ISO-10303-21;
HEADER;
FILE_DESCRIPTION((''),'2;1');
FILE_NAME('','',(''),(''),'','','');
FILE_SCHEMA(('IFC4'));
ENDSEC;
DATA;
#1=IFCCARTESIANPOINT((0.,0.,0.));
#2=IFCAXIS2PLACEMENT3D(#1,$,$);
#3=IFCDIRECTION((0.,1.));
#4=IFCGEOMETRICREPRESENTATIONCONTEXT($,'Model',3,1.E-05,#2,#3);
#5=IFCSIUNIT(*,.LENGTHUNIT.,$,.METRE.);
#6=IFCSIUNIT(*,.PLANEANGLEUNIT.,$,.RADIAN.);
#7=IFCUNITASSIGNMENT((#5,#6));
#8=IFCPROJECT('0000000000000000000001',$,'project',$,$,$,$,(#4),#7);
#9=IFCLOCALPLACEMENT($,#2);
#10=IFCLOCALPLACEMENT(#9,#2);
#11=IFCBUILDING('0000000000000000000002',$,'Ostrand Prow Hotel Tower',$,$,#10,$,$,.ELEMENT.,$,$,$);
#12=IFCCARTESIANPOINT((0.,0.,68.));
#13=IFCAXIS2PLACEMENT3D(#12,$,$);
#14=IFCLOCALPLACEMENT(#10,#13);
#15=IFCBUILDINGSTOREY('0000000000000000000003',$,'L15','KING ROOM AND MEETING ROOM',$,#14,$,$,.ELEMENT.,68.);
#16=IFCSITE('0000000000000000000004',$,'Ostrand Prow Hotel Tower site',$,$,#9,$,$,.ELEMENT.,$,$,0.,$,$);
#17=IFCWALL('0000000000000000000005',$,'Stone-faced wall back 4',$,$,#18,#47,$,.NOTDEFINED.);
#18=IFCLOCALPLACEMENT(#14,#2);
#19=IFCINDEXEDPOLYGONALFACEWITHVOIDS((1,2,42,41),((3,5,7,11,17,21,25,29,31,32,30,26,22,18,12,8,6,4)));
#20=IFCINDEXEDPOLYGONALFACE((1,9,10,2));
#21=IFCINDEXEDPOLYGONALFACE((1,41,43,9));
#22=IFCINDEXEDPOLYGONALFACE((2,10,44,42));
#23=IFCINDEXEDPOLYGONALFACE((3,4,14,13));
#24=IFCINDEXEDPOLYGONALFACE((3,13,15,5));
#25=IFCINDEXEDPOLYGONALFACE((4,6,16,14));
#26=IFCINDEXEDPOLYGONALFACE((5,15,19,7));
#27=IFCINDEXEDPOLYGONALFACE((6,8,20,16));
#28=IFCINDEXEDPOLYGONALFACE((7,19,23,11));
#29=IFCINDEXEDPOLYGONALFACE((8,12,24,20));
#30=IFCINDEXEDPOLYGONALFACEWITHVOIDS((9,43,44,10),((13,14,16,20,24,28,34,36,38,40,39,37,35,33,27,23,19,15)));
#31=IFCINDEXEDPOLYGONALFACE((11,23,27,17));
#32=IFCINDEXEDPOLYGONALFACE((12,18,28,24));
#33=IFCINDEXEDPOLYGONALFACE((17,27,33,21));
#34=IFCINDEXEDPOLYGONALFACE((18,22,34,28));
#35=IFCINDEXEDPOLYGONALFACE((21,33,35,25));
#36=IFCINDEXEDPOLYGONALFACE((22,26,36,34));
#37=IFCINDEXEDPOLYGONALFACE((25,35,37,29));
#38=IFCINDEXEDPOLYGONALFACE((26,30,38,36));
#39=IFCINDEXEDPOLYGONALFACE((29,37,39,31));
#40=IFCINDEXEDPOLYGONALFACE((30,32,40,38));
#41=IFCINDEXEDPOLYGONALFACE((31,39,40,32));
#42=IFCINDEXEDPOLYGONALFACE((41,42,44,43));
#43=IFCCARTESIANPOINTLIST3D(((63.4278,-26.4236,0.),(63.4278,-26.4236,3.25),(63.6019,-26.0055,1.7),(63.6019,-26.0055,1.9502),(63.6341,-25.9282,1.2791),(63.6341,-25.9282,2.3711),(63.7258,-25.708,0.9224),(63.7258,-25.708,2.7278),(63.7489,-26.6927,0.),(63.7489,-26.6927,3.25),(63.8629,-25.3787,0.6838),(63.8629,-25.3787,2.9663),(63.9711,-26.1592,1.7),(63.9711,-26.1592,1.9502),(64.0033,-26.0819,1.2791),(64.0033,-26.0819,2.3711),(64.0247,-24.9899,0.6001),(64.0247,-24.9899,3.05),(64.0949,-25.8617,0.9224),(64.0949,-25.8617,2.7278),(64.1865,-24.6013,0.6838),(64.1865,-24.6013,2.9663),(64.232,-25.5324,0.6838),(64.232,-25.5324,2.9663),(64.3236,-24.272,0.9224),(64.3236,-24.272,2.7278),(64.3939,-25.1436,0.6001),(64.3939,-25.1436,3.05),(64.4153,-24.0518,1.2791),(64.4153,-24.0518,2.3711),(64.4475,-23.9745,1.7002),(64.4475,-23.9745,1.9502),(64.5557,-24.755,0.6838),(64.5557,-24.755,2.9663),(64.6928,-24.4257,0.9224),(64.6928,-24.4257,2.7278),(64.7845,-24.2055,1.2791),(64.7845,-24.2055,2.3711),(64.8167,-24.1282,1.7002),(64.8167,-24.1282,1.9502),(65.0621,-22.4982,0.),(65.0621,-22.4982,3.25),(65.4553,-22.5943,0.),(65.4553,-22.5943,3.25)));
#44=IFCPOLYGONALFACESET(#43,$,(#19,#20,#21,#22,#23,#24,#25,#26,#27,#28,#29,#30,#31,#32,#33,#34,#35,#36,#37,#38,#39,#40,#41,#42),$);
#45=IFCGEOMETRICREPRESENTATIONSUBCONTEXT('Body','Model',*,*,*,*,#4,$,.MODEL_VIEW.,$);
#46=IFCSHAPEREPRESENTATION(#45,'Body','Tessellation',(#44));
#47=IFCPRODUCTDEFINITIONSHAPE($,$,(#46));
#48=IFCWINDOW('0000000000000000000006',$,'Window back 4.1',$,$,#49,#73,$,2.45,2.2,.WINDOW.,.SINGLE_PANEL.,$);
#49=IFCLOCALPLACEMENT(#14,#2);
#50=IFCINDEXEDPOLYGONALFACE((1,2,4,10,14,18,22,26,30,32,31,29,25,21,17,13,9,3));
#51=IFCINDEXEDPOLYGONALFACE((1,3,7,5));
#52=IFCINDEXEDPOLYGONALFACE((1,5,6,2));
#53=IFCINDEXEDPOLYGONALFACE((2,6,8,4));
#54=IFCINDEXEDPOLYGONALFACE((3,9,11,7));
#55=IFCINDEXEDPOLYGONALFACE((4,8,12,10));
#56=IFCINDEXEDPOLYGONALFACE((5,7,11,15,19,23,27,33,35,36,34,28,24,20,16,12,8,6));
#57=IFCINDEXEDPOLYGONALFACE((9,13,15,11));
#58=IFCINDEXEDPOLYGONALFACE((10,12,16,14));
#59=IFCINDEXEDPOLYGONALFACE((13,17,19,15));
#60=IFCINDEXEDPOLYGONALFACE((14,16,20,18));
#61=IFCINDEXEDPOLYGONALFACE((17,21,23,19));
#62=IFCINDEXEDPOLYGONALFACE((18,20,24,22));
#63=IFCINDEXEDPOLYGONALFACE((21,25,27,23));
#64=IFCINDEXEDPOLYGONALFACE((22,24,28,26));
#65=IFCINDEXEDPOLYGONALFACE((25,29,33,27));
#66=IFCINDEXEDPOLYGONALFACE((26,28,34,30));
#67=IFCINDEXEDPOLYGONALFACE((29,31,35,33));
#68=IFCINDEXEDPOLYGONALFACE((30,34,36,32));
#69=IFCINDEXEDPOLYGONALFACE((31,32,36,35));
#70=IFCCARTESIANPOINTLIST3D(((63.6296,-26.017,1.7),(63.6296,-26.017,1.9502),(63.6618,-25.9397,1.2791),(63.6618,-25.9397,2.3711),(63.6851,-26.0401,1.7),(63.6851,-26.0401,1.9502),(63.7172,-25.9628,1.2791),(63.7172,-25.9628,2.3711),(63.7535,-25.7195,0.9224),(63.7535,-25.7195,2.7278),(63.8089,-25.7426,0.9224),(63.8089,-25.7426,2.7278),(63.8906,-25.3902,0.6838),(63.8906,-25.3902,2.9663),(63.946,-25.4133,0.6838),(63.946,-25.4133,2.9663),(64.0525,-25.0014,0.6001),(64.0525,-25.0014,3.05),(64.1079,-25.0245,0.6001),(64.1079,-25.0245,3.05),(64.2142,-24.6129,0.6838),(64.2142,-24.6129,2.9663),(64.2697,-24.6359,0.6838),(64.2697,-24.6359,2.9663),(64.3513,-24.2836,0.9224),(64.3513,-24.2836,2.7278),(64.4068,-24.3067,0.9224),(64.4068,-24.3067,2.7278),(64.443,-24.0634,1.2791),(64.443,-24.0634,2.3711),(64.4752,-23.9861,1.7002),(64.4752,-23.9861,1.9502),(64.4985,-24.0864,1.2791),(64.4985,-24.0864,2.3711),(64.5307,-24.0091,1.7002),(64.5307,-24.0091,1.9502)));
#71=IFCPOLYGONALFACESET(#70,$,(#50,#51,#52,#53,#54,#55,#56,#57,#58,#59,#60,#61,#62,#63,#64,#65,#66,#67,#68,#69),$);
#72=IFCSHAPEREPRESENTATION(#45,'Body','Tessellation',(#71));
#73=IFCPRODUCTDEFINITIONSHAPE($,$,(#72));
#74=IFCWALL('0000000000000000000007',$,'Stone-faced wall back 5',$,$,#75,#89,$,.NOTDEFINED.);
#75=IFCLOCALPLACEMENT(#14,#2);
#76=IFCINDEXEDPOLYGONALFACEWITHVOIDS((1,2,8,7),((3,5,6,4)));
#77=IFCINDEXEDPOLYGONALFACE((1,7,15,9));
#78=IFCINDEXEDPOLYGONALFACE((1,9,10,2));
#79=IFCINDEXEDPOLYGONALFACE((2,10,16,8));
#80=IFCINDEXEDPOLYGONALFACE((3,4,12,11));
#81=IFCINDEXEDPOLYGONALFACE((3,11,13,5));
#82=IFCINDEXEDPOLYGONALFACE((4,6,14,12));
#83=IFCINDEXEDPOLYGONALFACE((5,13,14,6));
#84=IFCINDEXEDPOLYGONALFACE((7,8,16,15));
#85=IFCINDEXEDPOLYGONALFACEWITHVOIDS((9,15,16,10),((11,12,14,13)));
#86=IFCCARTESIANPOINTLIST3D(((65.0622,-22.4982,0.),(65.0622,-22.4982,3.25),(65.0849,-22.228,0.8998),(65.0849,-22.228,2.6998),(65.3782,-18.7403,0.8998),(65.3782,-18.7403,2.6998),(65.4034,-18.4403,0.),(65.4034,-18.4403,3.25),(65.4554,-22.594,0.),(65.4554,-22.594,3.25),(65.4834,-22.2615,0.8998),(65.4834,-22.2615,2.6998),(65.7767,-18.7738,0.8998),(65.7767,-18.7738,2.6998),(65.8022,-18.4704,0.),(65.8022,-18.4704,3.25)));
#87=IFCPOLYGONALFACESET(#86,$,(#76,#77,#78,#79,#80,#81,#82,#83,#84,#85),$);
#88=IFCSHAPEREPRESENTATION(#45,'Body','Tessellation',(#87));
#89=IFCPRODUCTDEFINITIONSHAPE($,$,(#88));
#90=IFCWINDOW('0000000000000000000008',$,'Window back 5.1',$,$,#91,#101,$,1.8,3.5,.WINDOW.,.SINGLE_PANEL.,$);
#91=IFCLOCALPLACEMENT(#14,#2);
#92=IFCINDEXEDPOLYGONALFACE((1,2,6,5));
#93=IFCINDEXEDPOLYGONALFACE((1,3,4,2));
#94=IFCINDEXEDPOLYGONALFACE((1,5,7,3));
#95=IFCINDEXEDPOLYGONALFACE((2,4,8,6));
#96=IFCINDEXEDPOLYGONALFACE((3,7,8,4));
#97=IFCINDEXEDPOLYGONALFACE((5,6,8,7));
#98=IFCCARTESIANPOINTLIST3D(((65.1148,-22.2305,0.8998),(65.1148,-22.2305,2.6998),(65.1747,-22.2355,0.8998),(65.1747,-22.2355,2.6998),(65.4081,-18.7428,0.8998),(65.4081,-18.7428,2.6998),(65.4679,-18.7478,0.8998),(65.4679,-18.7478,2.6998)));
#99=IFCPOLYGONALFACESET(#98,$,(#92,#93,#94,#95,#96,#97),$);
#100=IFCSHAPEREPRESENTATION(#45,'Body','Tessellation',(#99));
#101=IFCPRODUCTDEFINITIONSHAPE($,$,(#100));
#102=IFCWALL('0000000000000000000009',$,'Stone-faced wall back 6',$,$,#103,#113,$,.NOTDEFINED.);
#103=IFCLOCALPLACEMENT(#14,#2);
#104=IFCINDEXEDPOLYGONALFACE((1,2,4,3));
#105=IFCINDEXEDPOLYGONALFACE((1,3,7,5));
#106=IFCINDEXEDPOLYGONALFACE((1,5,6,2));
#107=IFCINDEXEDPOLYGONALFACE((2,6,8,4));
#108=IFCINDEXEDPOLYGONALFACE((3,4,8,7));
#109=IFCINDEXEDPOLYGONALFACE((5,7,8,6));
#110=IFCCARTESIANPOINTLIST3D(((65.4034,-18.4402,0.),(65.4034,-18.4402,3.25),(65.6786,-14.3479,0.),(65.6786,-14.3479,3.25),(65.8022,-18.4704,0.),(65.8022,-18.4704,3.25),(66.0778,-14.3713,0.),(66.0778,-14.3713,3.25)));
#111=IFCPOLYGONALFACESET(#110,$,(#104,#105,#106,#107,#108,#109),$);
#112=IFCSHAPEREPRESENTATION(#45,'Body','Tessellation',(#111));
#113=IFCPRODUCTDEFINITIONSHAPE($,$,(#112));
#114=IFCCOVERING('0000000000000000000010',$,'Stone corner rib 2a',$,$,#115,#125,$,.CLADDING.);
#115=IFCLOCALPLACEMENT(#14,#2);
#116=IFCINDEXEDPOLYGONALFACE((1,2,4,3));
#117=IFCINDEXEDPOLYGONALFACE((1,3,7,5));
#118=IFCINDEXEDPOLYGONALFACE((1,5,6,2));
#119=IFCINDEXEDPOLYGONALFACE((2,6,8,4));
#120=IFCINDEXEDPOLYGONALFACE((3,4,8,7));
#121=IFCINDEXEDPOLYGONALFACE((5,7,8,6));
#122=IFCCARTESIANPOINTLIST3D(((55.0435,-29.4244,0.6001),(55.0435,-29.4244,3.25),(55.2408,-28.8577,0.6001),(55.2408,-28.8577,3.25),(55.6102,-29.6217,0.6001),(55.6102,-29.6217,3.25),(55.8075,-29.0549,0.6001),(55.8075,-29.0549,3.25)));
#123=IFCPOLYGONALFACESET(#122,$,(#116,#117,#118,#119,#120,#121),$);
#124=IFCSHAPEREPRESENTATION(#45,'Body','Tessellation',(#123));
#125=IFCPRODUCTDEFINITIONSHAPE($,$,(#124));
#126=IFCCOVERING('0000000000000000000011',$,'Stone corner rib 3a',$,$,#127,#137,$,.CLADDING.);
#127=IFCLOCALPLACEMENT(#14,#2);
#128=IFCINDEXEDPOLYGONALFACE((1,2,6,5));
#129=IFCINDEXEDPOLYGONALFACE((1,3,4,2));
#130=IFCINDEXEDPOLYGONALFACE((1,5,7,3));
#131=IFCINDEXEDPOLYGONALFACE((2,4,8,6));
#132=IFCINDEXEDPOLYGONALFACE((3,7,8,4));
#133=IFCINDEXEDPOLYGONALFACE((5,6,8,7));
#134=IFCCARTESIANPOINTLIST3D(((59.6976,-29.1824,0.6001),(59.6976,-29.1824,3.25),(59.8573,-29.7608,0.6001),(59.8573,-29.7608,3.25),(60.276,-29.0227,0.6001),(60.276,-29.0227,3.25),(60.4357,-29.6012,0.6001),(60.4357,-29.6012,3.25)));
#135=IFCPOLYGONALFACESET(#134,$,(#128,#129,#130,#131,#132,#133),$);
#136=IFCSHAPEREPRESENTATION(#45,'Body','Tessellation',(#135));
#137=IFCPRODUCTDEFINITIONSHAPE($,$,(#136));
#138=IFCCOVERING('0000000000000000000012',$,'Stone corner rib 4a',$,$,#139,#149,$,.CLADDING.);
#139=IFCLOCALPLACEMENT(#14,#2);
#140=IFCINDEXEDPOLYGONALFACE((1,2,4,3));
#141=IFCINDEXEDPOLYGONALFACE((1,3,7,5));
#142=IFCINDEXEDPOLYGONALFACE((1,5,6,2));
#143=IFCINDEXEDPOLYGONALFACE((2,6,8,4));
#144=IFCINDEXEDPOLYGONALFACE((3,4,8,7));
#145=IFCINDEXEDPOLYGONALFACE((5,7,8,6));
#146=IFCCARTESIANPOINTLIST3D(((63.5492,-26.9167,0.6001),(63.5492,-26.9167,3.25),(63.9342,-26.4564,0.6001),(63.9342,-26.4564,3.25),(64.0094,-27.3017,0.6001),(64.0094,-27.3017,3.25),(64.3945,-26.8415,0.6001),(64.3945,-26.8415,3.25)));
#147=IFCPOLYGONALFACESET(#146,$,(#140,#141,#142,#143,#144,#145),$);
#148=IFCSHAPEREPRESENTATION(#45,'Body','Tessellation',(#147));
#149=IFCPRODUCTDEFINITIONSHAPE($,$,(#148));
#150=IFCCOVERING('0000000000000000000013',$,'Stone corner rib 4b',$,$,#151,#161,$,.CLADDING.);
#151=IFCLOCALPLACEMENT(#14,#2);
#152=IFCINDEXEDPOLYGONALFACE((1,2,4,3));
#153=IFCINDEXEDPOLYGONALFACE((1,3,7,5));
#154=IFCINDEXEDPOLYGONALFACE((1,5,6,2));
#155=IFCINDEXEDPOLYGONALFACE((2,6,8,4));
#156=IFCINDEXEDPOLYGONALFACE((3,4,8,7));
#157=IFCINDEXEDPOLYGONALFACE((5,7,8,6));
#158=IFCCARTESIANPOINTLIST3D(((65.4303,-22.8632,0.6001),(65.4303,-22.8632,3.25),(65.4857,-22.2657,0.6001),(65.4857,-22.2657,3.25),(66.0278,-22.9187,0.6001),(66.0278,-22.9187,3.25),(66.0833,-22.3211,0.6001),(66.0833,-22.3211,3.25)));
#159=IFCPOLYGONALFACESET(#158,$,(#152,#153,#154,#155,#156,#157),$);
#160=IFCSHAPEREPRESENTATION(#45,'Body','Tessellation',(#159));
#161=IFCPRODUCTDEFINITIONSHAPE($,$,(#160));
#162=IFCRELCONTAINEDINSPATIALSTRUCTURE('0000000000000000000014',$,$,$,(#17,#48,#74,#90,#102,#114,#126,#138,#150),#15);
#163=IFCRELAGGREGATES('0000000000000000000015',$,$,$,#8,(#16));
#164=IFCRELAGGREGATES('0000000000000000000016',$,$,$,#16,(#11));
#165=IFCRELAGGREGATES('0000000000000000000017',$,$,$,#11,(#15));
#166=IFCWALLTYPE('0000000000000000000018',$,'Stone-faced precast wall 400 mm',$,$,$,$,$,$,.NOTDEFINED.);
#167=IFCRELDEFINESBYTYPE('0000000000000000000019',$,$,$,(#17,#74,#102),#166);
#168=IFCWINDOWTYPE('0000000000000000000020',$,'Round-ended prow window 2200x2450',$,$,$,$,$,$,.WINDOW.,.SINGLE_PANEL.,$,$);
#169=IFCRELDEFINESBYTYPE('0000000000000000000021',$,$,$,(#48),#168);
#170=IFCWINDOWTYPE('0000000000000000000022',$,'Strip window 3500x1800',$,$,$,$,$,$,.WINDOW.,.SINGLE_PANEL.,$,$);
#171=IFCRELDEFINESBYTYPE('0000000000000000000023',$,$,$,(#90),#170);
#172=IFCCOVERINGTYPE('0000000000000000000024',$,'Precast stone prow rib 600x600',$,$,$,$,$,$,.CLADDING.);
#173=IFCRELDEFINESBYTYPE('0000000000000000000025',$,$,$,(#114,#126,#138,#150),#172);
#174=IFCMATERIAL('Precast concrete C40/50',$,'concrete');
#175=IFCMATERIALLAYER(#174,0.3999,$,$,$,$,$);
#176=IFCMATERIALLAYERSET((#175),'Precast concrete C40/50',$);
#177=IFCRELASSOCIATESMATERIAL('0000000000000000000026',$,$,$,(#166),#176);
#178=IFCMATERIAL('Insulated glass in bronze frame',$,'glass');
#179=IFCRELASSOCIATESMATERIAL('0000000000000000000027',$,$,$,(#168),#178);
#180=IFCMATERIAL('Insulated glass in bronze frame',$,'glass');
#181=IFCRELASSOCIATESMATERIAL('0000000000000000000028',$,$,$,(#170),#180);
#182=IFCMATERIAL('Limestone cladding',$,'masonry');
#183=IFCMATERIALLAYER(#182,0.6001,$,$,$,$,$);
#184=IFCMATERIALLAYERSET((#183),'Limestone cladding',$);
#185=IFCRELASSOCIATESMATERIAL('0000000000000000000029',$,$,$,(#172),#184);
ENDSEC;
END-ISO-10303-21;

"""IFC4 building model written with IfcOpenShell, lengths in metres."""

from ifc_helpers import new_model, si_unit, direction, frame, frame_2d, origin, place, context, subcontext, project, spatial, polyline, rectangle, outline, extrude, material, layer, layer_set, type_object, element, fill, save


model = new_model("IFC4")

# Units and contexts
model_context = context("Model", 3, precision=1e-05, world=origin(), true_north=direction((0.0, 1.0)))
body_context = subcontext(model_context, "Body", "Model", "MODEL_VIEW")
ifc_project = project(units=[si_unit("LENGTHUNIT", "METRE"), si_unit("PLANEANGLEUNIT", "RADIAN")], contexts=[model_context])

# Site, building, storey
site_placement = place(None, origin())
site = spatial("IfcSite", under=ifc_project, at=site_placement, Name="Ostrand Prow Hotel Tower site", CompositionType="ELEMENT", RefElevation=0.0)
building_placement = place(site_placement, origin())
building = spatial("IfcBuilding", under=site, at=building_placement, Name="Ostrand Prow Hotel Tower", CompositionType="ELEMENT")
storey_placement = place(building_placement, frame((0.0, 0.0, 68.0)))
storey = spatial("IfcBuildingStorey", under=building, at=storey_placement, Name="L15", Description="KING ROOM AND MEETING ROOM", CompositionType="ELEMENT", Elevation=68.0)

# Walls, openings, windows
ifc_material_1 = material(Name="Precast concrete C40/50", Category="concrete")
ifc_layer_1 = layer(ifc_material_1, 0.3999)
ifc_layer_set_1 = layer_set([ifc_layer_1], Name="Precast concrete C40/50")
wall_type_1 = type_object("IfcWallType", Name="Stone-faced precast wall 400 mm", PredefinedType="NOTDEFINED", material=ifc_layer_set_1)
ifc_material_2 = material(Name="Insulated glass in bronze frame", Category="glass")
window_type_1 = type_object("IfcWindowType", Name="Round-ended prow window 2200x2450", PartitioningType="SINGLE_PANEL", PredefinedType="WINDOW", material=ifc_material_2)
wall_1_placement = place(storey_placement, frame((63.5884, -26.5581, 0.0), z_axis=(0.0, 0.0, 1.0), x_axis=(0.384372, 0.923178, 0.0)))
wall_1 = element("IfcWall", 1, at=wall_1_placement, inside=storey, type_object=wall_type_1, Name="Stone-faced wall back 4", PredefinedType="NOTDEFINED", context=body_context, shape_type="SweptSolid", body=[
    extrude(outline(polyline([(-0.0625, -0.2), (4.377, -0.2), (4.3145, 0.2), (0.0625, 0.2), (-0.0625, -0.2)])), origin(), (0.0, 0.0, 1.0), 3.25),
])
opening_1_placement = place(wall_1_placement, frame((0.5154, 0.0, 0.6001)))
opening_1 = element("IfcOpeningElement", 2, at=opening_1_placement, cuts=wall_1, PredefinedType="OPENING", context=body_context, shape_type="SweptSolid", body=[
    extrude(outline(polyline([(0.0, 1.3501), (0.0837, 1.771), (0.3223, 2.1277), (0.679, 2.3662), (1.1001, 2.45), (1.521, 2.3662), (1.8777, 2.1277), (2.1162, 1.771), (2.2, 1.3501), (2.2, 1.1001), (2.1162, 0.679), (1.8777, 0.3223), (1.521, 0.0837), (1.1001, 0.0), (0.679, 0.0837), (0.3223, 0.3223), (0.0837, 0.679), (0.0, 1.0999), (0.0, 1.3501)])), frame((0.0, 0.21, 0.0), z_axis=(0.0, -1.0, 0.0), x_axis=(1.0, 0.0, 0.0)), (0.0, 0.0, 1.0), 0.4199),
])
window_1_placement = place(opening_1_placement, origin())
window_1 = element("IfcWindow", 3, at=window_1_placement, inside=storey, type_object=window_type_1, Name="Window back 4.1", OverallHeight=2.45, OverallWidth=2.2, PartitioningType="SINGLE_PANEL", PredefinedType="WINDOW", context=body_context, shape_type="SweptSolid", body=[
    extrude(outline(polyline([(0.0, 1.3501), (0.0837, 1.771), (0.3223, 2.1277), (0.679, 2.3662), (1.1001, 2.45), (1.521, 2.3662), (1.8777, 2.1277), (2.1162, 1.771), (2.2, 1.3501), (2.2, 1.1001), (2.1162, 0.679), (1.8777, 0.3223), (1.521, 0.0837), (1.1001, 0.0), (0.679, 0.0837), (0.3223, 0.3223), (0.0837, 0.679), (0.0, 1.0999), (0.0, 1.3501)])), frame((0.0, 0.1699, 0.0), z_axis=(0.0, -1.0, 0.0), x_axis=(1.0, 0.0, 0.0)), (0.0, 0.0, 1.0), 0.0601),
])
fill(opening_1, window_1)
wall_2_placement = place(storey_placement, frame((65.2588, -22.5461, 0.0), z_axis=(0.0, 0.0, 1.0), x_axis=(0.083794, 0.996483, 0.0)))
wall_2 = element("IfcWall", 4, at=wall_2_placement, inside=storey, type_object=wall_type_1, Name="Stone-faced wall back 5", PredefinedType="NOTDEFINED", context=body_context, shape_type="SweptSolid", body=[
    extrude(outline(polyline([(-0.0312, -0.2), (4.1069, -0.2), (4.1035, 0.2), (0.0312, 0.2), (-0.0312, -0.2)])), origin(), (0.0, 0.0, 1.0), 3.25),
])
opening_2_placement = place(wall_2_placement, frame((0.3025, 0.0, 0.8999)))
opening_2 = element("IfcOpeningElement", 5, at=opening_2_placement, cuts=wall_2, PredefinedType="OPENING", context=body_context, shape_type="SweptSolid", body=[
    extrude(rectangle(XDim=3.5, YDim=1.8, at=frame_2d((1.75, 0.8999))), frame((0.0, 0.21, 0.0), z_axis=(0.0, -1.0, 0.0), x_axis=(1.0, 0.0, 0.0)), (0.0, 0.0, 1.0), 0.4199),
])
ifc_material_3 = material(Name="Insulated glass in bronze frame", Category="glass")
window_type_2 = type_object("IfcWindowType", Name="Strip window 3500x1800", PartitioningType="SINGLE_PANEL", PredefinedType="WINDOW", material=ifc_material_3)
window_2_placement = place(opening_2_placement, origin())
window_2 = element("IfcWindow", 6, at=window_2_placement, inside=storey, type_object=window_type_2, Name="Window back 5.1", OverallHeight=1.8, OverallWidth=3.5, PartitioningType="SINGLE_PANEL", PredefinedType="WINDOW", context=body_context, shape_type="SweptSolid", body=[
    extrude(rectangle(XDim=3.5, YDim=1.8, at=frame_2d((1.75, 0.8999))), frame((0.0, 0.1699, 0.0), z_axis=(0.0, -1.0, 0.0), x_axis=(1.0, 0.0, 0.0)), (0.0, 0.0, 1.0), 0.0601),
])
fill(opening_2, window_2)

# Wall
wall_3_placement = place(storey_placement, frame((65.6028, -18.4553, 0.0), z_axis=(0.0, 0.0, 1.0), x_axis=(0.067087, 0.997747, 0.0)))
element("IfcWall", 7, at=wall_3_placement, inside=storey, type_object=wall_type_1, Name="Stone-faced wall back 6", PredefinedType="NOTDEFINED", context=body_context, shape_type="SweptSolid", body=[
    extrude(outline(polyline([(-0.0017, -0.2), (4.1067, -0.2), (4.1033, 0.2), (0.0017, 0.2), (-0.0017, -0.2)])), origin(), (0.0, 0.0, 1.0), 3.25),
])

# Coverings
ifc_material_4 = material(Name="Limestone cladding", Category="masonry")
ifc_layer_2 = layer(ifc_material_4, 0.6001)
ifc_layer_set_2 = layer_set([ifc_layer_2], Name="Limestone cladding")
covering_type = type_object("IfcCoveringType", Name="Precast stone prow rib 600x600", PredefinedType="CLADDING", material=ifc_layer_set_2)
for number, where, z_axis, x_axis, name in (
    (8, (55.5242, -28.9563, 0.6001), (0.0, 0.0, 1.0), (-0.328773, -0.944409, 0.0), "Stone corner rib 2a"),
    (9, (59.9868, -29.1025, 0.6001), (0.0, 0.0, 1.0), (0.266112, -0.963942, 0.0), "Stone corner rib 3a"),
    (10, (63.7417, -26.6865, 0.6001), (0.0, 0.0, 1.0), (0.766986, -0.641664, 0.0), "Stone corner rib 4a"),
    (11, (65.458, -22.5645, 0.6001), (0.0, 0.0, 1.0), (0.995725, -0.09237, 0.0), "Stone corner rib 4b"),
):
    element("IfcCovering", number, at=place(storey_placement, frame(where, z_axis=z_axis, x_axis=x_axis)), inside=storey, type_object=covering_type, Name=name, PredefinedType="CLADDING", context=body_context, shape_type="SweptSolid", body=[
        extrude(rectangle(XDim=0.6001, YDim=0.6001, at=frame_2d((0.3, 0.0))), origin(), (0.0, 0.0, 1.0), 2.6499),
    ])

save(model, "model.ifc")
